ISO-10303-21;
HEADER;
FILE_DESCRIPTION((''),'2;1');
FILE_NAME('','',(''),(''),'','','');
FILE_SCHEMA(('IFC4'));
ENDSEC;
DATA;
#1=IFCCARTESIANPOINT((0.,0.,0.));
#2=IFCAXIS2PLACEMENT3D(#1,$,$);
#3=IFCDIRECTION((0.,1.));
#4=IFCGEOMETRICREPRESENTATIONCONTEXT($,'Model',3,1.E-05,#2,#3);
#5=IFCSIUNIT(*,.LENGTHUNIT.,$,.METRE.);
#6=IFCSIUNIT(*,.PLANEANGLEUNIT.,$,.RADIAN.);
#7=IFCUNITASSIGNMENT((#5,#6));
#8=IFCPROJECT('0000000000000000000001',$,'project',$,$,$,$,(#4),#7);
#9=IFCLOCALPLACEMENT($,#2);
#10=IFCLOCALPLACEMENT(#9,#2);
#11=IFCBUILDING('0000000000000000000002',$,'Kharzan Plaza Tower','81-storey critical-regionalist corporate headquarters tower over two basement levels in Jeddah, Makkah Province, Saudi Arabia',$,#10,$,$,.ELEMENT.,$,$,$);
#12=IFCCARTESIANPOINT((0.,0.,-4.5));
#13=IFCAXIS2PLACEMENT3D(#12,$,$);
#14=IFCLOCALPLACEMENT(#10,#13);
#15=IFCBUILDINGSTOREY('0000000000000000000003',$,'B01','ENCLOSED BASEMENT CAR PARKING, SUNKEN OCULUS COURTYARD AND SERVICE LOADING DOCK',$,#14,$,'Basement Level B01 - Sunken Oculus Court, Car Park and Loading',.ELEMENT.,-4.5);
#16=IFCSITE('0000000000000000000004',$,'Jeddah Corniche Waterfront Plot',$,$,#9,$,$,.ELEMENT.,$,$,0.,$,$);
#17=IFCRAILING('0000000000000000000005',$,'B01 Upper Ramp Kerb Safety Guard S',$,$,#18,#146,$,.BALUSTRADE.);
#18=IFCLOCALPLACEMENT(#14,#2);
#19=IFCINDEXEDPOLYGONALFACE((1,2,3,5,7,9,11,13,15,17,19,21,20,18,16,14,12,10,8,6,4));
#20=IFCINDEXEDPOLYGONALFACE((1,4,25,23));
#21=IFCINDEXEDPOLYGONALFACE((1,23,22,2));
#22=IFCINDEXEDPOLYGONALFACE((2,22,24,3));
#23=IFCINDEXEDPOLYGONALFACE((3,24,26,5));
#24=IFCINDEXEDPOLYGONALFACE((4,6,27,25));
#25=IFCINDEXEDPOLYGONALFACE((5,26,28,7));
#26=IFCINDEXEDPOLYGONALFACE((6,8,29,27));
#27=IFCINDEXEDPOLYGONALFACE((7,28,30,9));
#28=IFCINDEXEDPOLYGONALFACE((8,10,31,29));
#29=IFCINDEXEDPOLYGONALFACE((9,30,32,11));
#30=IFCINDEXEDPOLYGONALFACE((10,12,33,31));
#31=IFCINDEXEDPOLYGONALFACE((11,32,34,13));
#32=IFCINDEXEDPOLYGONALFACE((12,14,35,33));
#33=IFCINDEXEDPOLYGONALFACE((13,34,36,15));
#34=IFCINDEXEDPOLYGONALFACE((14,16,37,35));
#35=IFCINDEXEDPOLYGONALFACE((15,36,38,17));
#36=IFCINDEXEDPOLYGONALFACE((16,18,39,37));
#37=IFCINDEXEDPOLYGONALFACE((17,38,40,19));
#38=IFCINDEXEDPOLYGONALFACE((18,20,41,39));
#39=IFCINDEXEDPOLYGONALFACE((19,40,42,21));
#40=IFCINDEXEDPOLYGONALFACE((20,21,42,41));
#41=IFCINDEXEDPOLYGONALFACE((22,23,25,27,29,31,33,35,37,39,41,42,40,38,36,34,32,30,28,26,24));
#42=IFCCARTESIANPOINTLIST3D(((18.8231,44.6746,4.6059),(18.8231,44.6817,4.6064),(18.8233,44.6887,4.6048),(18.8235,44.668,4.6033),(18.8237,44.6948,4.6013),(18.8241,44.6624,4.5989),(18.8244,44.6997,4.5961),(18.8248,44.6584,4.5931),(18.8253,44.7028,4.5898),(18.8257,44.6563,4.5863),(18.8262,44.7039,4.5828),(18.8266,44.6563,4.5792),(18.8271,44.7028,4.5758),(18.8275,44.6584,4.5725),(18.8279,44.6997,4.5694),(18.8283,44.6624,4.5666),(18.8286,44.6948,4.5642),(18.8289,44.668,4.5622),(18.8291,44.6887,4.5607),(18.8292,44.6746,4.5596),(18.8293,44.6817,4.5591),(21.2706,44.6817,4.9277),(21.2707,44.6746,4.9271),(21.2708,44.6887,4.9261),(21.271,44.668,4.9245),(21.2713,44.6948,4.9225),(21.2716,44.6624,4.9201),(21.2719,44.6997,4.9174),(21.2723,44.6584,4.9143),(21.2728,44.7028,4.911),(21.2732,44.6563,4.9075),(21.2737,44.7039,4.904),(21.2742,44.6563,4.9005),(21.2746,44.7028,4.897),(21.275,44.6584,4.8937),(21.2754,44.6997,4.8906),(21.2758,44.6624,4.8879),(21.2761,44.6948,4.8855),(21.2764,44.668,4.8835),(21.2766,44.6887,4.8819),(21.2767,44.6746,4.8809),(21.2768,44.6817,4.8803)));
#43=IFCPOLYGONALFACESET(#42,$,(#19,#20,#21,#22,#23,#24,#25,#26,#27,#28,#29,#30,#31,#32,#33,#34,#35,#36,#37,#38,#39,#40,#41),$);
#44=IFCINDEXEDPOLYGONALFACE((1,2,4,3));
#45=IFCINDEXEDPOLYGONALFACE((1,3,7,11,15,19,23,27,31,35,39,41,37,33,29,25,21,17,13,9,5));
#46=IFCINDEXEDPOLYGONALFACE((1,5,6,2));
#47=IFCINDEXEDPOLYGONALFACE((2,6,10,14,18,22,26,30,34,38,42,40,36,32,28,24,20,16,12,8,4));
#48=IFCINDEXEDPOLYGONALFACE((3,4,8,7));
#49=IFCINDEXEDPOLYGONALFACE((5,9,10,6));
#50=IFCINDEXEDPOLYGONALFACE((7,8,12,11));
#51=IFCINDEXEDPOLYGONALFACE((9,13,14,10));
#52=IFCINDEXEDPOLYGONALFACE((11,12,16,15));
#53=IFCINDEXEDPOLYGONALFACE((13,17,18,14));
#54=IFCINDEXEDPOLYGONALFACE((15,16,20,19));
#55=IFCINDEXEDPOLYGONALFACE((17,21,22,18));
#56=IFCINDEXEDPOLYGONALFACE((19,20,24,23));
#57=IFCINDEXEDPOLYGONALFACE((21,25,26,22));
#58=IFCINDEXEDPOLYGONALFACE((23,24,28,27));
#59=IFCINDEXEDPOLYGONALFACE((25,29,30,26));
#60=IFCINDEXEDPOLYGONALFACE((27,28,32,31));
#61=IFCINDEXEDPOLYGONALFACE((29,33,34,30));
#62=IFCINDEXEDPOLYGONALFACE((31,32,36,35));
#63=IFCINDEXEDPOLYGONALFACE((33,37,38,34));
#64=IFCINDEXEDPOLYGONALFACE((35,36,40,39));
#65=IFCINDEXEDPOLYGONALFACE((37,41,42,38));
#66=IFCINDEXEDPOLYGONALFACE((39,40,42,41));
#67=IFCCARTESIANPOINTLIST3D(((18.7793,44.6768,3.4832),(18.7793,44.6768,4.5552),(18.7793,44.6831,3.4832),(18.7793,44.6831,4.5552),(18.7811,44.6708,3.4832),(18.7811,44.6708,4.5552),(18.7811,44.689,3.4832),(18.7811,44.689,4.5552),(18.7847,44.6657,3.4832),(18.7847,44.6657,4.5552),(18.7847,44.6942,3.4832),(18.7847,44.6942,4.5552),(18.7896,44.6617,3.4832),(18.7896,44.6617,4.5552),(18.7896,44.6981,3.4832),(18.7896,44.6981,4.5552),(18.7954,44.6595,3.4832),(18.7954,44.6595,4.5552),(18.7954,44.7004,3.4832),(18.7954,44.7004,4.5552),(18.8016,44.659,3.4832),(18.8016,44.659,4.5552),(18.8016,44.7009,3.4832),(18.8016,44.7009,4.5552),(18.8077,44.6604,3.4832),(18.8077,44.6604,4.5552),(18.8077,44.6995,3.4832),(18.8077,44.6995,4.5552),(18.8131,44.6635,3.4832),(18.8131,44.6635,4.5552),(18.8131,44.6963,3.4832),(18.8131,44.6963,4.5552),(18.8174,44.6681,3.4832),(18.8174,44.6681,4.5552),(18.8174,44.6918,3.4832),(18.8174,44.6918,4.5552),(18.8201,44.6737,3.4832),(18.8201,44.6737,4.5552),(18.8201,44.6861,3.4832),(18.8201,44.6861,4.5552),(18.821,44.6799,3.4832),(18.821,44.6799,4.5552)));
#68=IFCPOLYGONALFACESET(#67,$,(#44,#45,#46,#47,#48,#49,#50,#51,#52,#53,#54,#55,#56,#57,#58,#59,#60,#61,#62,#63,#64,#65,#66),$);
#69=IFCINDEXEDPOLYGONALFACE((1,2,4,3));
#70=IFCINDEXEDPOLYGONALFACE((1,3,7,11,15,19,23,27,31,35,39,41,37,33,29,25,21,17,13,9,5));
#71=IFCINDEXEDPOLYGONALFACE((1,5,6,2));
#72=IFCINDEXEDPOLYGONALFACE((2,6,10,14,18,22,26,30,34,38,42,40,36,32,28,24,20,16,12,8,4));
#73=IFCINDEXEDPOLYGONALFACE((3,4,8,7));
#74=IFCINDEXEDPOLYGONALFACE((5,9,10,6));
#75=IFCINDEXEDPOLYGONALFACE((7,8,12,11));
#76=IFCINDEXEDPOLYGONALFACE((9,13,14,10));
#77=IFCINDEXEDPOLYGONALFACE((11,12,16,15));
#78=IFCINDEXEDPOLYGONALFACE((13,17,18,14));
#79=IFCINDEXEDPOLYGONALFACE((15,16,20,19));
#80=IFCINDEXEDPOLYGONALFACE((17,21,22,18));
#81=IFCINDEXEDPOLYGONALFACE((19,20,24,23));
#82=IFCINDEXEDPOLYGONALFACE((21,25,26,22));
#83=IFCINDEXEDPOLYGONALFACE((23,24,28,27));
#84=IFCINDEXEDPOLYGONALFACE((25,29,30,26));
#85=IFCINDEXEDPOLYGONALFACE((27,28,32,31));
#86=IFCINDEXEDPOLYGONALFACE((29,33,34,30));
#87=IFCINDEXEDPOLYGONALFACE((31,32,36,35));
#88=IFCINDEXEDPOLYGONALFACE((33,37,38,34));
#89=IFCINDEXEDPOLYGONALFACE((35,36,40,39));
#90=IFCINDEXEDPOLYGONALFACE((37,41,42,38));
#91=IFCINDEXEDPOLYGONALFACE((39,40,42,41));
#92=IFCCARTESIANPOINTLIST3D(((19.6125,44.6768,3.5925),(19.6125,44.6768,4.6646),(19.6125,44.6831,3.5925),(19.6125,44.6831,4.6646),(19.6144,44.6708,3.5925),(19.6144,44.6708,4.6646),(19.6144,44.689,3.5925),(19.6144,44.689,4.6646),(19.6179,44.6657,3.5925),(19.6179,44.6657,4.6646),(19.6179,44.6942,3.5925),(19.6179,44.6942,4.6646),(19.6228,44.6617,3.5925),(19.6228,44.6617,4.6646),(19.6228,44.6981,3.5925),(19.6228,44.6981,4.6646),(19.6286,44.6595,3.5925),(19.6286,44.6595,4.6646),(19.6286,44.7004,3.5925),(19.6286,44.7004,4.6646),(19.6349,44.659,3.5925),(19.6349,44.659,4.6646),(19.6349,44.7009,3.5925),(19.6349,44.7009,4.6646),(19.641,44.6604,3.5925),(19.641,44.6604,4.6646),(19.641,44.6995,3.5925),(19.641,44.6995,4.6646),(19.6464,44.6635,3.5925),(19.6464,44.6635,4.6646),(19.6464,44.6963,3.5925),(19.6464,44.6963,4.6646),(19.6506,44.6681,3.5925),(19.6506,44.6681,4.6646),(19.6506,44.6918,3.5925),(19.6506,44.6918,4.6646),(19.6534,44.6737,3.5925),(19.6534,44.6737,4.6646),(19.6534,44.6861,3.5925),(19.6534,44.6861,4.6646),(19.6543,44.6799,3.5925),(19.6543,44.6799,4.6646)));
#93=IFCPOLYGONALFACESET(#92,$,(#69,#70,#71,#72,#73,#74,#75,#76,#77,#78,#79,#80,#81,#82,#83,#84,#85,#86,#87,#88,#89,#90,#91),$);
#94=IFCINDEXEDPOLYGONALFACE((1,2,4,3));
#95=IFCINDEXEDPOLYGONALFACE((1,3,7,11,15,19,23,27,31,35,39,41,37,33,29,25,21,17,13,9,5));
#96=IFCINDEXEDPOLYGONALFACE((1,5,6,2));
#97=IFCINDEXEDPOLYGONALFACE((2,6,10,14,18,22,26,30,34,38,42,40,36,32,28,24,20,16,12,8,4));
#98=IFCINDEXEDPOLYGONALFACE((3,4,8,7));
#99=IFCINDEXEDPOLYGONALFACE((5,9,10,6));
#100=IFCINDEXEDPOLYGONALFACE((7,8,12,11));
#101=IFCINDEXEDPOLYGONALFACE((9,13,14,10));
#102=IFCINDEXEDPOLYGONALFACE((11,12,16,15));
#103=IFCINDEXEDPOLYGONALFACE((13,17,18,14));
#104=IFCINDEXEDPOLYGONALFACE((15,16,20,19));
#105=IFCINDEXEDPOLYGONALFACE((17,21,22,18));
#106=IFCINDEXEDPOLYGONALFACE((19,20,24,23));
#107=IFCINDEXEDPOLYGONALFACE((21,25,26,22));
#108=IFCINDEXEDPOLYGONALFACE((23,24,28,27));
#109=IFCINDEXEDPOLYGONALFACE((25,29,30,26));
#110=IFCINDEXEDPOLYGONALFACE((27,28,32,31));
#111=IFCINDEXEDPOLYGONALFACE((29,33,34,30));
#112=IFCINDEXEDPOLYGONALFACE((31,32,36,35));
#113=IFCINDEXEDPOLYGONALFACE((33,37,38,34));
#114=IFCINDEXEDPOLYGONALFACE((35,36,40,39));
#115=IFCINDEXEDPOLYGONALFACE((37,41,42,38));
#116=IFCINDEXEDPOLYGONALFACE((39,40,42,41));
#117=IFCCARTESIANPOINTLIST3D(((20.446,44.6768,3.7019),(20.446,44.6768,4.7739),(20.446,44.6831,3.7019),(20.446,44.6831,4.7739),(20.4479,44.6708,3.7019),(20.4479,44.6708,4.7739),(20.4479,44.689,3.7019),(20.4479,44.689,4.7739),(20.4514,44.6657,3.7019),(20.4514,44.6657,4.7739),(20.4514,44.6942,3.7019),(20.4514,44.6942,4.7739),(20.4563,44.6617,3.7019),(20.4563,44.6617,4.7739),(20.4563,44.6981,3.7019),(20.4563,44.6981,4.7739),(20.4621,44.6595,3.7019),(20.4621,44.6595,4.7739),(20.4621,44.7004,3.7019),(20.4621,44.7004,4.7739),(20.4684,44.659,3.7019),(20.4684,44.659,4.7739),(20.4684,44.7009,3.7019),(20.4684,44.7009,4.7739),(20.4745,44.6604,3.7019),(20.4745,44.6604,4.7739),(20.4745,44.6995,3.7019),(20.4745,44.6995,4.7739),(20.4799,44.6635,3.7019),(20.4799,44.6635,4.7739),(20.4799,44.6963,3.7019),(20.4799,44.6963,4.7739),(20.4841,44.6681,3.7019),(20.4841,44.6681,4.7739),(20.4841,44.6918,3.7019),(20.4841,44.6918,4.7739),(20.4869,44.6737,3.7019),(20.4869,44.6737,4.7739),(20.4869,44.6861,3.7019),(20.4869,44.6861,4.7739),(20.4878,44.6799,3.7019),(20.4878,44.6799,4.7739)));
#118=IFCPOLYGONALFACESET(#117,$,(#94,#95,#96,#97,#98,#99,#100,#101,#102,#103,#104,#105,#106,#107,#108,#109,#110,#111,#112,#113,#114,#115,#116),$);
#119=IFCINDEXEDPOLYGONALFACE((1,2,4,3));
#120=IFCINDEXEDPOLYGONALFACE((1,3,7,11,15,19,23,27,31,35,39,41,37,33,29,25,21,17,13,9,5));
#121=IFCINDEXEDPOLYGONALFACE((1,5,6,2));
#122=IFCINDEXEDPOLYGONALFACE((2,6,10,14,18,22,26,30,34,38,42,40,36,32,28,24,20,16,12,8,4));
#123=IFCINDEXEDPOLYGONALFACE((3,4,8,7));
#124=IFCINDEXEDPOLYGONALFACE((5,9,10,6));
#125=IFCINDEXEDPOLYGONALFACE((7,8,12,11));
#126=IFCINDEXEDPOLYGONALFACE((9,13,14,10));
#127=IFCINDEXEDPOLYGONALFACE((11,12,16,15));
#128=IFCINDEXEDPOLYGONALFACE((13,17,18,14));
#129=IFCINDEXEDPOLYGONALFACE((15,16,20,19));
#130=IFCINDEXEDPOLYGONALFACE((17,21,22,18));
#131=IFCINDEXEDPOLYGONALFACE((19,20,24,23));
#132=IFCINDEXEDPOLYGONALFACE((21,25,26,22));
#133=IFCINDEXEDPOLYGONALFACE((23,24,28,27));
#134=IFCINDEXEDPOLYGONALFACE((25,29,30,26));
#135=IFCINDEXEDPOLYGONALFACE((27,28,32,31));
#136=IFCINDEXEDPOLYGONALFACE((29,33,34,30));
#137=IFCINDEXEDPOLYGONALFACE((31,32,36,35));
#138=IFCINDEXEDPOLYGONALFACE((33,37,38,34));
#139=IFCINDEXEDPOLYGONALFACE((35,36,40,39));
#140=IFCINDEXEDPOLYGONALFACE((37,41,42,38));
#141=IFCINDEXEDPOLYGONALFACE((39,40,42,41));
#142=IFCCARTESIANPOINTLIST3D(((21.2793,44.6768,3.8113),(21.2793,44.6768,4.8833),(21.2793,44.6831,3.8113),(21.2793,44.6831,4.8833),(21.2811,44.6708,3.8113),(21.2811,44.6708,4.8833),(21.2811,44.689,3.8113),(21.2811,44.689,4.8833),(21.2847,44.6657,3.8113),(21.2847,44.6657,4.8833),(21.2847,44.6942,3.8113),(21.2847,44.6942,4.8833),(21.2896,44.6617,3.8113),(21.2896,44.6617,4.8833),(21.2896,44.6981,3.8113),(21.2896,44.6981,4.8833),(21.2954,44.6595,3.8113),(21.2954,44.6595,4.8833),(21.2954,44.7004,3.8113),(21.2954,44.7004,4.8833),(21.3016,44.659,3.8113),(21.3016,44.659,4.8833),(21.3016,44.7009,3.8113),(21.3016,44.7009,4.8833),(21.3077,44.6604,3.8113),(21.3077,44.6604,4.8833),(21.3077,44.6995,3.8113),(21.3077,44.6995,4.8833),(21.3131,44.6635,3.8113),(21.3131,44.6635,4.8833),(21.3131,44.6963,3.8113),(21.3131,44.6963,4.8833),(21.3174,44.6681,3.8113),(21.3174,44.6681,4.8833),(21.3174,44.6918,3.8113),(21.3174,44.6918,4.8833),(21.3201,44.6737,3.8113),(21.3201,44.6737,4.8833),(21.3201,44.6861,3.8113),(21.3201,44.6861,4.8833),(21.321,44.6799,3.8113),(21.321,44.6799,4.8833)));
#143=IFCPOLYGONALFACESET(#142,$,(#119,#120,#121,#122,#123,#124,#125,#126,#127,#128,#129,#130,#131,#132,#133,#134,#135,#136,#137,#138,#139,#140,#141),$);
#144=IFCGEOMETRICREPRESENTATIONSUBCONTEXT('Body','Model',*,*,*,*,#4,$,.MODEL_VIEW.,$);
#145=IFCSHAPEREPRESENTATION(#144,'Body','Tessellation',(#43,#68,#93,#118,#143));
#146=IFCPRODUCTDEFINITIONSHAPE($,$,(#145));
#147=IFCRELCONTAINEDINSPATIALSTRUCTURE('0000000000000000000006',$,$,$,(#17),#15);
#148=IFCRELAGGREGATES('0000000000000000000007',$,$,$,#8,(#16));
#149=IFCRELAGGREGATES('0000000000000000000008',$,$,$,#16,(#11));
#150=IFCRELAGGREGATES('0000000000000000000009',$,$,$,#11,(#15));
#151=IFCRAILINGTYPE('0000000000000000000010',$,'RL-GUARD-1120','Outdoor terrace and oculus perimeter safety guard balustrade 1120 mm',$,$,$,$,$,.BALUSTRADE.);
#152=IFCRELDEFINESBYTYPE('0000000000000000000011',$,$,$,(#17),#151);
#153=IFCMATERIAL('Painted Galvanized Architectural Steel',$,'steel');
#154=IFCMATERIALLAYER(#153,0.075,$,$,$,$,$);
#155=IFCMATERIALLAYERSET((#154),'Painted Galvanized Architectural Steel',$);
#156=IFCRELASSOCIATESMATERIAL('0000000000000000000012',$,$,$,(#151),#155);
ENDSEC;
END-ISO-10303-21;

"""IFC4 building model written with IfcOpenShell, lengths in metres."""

from ifc_helpers import new_model, si_unit, direction, frame, origin, origin_2d, place, context, subcontext, project, spatial, circle, extrude, source, transform, mapped, material, layer, layer_set, type_object, element, save


model = new_model("IFC4")

# Units and contexts
model_context = context("Model", 3, precision=1e-05, world=origin(), true_north=direction((0.0, 1.0)))
body_context = subcontext(model_context, "Body", "Model", "MODEL_VIEW")
ifc_project = project(units=[si_unit("LENGTHUNIT", "METRE"), si_unit("PLANEANGLEUNIT", "RADIAN")], contexts=[model_context])

# Site, building, storey
site_placement = place(None, origin())
site = spatial("IfcSite", under=ifc_project, at=site_placement, Name="Jeddah Corniche Waterfront Plot", CompositionType="ELEMENT", RefElevation=0.0)
building_placement = place(site_placement, origin())
building = spatial("IfcBuilding", under=site, at=building_placement, Name="Kharzan Plaza Tower", Description="81-storey critical-regionalist corporate headquarters tower over two basement levels in Jeddah, Makkah Province, Saudi Arabia", CompositionType="ELEMENT")
storey_placement = place(building_placement, frame((0.0, 0.0, -4.5)))
storey = spatial("IfcBuildingStorey", under=building, at=storey_placement, Name="B01", Description="ENCLOSED BASEMENT CAR PARKING, SUNKEN OCULUS COURTYARD AND SERVICE LOADING DOCK", LongName="Basement Level B01 - Sunken Oculus Court, Car Park and Loading", CompositionType="ELEMENT", Elevation=-4.5)

# Railing
ifc_material_1 = material(Name="Painted Galvanized Architectural Steel", Category="steel")
ifc_layer_1 = layer(ifc_material_1, 0.075)
ifc_layer_set_1 = layer_set([ifc_layer_1], Name="Painted Galvanized Architectural Steel")
railing_type_1 = type_object("IfcRailingType", Name="RL-GUARD-1120", Description="Outdoor terrace and oculus perimeter safety guard balustrade 1120 mm", PredefinedType="BALUSTRADE", material=ifc_layer_set_1)
shared_shape_1 = source(origin(), body_context, "Body", "SweptSolid", [
    extrude(circle(Radius=0.0239, at=origin_2d()), frame((0.0261, 0.0, 1.0996), z_axis=(0.991496, 0.0, 0.130134), x_axis=(0.0, 1.0, 0.0)), (0.0, 0.0, 1.0), 2.4685),
    extrude(circle(Radius=0.021, at=origin_2d()), origin(), (0.0, 0.0, 1.0), 1.072),
    extrude(circle(Radius=0.021, at=origin_2d()), frame((0.8333, 0.0, 0.1094)), (0.0, 0.0, 1.0), 1.072),
    extrude(circle(Radius=0.021, at=origin_2d()), frame((1.6667, 0.0, 0.2188)), (0.0, 0.0, 1.0), 1.072),
    extrude(circle(Radius=0.021, at=origin_2d()), frame((2.5, 0.0, 0.3281)), (0.0, 0.0, 1.0), 1.072),
])
for number, where, name in (
    (1, (18.8, 44.6799, 3.4832), "B01 Upper Ramp Kerb Safety Guard S"),
):
    element("IfcRailing", number, at=place(storey_placement, frame(where)), inside=storey, type_object=railing_type_1, Name=name, PredefinedType="BALUSTRADE", context=body_context, shape_type="MappedRepresentation", body=[
        mapped(shared_shape_1, transform((0.0, 0.0, 0.0), x_axis=(1.0, 0.0, 0.0), y_axis=(0.0, 1.0, 0.0), z_axis=(0.0, 0.0, 1.0))),
    ])

save(model, "model.ifc")
